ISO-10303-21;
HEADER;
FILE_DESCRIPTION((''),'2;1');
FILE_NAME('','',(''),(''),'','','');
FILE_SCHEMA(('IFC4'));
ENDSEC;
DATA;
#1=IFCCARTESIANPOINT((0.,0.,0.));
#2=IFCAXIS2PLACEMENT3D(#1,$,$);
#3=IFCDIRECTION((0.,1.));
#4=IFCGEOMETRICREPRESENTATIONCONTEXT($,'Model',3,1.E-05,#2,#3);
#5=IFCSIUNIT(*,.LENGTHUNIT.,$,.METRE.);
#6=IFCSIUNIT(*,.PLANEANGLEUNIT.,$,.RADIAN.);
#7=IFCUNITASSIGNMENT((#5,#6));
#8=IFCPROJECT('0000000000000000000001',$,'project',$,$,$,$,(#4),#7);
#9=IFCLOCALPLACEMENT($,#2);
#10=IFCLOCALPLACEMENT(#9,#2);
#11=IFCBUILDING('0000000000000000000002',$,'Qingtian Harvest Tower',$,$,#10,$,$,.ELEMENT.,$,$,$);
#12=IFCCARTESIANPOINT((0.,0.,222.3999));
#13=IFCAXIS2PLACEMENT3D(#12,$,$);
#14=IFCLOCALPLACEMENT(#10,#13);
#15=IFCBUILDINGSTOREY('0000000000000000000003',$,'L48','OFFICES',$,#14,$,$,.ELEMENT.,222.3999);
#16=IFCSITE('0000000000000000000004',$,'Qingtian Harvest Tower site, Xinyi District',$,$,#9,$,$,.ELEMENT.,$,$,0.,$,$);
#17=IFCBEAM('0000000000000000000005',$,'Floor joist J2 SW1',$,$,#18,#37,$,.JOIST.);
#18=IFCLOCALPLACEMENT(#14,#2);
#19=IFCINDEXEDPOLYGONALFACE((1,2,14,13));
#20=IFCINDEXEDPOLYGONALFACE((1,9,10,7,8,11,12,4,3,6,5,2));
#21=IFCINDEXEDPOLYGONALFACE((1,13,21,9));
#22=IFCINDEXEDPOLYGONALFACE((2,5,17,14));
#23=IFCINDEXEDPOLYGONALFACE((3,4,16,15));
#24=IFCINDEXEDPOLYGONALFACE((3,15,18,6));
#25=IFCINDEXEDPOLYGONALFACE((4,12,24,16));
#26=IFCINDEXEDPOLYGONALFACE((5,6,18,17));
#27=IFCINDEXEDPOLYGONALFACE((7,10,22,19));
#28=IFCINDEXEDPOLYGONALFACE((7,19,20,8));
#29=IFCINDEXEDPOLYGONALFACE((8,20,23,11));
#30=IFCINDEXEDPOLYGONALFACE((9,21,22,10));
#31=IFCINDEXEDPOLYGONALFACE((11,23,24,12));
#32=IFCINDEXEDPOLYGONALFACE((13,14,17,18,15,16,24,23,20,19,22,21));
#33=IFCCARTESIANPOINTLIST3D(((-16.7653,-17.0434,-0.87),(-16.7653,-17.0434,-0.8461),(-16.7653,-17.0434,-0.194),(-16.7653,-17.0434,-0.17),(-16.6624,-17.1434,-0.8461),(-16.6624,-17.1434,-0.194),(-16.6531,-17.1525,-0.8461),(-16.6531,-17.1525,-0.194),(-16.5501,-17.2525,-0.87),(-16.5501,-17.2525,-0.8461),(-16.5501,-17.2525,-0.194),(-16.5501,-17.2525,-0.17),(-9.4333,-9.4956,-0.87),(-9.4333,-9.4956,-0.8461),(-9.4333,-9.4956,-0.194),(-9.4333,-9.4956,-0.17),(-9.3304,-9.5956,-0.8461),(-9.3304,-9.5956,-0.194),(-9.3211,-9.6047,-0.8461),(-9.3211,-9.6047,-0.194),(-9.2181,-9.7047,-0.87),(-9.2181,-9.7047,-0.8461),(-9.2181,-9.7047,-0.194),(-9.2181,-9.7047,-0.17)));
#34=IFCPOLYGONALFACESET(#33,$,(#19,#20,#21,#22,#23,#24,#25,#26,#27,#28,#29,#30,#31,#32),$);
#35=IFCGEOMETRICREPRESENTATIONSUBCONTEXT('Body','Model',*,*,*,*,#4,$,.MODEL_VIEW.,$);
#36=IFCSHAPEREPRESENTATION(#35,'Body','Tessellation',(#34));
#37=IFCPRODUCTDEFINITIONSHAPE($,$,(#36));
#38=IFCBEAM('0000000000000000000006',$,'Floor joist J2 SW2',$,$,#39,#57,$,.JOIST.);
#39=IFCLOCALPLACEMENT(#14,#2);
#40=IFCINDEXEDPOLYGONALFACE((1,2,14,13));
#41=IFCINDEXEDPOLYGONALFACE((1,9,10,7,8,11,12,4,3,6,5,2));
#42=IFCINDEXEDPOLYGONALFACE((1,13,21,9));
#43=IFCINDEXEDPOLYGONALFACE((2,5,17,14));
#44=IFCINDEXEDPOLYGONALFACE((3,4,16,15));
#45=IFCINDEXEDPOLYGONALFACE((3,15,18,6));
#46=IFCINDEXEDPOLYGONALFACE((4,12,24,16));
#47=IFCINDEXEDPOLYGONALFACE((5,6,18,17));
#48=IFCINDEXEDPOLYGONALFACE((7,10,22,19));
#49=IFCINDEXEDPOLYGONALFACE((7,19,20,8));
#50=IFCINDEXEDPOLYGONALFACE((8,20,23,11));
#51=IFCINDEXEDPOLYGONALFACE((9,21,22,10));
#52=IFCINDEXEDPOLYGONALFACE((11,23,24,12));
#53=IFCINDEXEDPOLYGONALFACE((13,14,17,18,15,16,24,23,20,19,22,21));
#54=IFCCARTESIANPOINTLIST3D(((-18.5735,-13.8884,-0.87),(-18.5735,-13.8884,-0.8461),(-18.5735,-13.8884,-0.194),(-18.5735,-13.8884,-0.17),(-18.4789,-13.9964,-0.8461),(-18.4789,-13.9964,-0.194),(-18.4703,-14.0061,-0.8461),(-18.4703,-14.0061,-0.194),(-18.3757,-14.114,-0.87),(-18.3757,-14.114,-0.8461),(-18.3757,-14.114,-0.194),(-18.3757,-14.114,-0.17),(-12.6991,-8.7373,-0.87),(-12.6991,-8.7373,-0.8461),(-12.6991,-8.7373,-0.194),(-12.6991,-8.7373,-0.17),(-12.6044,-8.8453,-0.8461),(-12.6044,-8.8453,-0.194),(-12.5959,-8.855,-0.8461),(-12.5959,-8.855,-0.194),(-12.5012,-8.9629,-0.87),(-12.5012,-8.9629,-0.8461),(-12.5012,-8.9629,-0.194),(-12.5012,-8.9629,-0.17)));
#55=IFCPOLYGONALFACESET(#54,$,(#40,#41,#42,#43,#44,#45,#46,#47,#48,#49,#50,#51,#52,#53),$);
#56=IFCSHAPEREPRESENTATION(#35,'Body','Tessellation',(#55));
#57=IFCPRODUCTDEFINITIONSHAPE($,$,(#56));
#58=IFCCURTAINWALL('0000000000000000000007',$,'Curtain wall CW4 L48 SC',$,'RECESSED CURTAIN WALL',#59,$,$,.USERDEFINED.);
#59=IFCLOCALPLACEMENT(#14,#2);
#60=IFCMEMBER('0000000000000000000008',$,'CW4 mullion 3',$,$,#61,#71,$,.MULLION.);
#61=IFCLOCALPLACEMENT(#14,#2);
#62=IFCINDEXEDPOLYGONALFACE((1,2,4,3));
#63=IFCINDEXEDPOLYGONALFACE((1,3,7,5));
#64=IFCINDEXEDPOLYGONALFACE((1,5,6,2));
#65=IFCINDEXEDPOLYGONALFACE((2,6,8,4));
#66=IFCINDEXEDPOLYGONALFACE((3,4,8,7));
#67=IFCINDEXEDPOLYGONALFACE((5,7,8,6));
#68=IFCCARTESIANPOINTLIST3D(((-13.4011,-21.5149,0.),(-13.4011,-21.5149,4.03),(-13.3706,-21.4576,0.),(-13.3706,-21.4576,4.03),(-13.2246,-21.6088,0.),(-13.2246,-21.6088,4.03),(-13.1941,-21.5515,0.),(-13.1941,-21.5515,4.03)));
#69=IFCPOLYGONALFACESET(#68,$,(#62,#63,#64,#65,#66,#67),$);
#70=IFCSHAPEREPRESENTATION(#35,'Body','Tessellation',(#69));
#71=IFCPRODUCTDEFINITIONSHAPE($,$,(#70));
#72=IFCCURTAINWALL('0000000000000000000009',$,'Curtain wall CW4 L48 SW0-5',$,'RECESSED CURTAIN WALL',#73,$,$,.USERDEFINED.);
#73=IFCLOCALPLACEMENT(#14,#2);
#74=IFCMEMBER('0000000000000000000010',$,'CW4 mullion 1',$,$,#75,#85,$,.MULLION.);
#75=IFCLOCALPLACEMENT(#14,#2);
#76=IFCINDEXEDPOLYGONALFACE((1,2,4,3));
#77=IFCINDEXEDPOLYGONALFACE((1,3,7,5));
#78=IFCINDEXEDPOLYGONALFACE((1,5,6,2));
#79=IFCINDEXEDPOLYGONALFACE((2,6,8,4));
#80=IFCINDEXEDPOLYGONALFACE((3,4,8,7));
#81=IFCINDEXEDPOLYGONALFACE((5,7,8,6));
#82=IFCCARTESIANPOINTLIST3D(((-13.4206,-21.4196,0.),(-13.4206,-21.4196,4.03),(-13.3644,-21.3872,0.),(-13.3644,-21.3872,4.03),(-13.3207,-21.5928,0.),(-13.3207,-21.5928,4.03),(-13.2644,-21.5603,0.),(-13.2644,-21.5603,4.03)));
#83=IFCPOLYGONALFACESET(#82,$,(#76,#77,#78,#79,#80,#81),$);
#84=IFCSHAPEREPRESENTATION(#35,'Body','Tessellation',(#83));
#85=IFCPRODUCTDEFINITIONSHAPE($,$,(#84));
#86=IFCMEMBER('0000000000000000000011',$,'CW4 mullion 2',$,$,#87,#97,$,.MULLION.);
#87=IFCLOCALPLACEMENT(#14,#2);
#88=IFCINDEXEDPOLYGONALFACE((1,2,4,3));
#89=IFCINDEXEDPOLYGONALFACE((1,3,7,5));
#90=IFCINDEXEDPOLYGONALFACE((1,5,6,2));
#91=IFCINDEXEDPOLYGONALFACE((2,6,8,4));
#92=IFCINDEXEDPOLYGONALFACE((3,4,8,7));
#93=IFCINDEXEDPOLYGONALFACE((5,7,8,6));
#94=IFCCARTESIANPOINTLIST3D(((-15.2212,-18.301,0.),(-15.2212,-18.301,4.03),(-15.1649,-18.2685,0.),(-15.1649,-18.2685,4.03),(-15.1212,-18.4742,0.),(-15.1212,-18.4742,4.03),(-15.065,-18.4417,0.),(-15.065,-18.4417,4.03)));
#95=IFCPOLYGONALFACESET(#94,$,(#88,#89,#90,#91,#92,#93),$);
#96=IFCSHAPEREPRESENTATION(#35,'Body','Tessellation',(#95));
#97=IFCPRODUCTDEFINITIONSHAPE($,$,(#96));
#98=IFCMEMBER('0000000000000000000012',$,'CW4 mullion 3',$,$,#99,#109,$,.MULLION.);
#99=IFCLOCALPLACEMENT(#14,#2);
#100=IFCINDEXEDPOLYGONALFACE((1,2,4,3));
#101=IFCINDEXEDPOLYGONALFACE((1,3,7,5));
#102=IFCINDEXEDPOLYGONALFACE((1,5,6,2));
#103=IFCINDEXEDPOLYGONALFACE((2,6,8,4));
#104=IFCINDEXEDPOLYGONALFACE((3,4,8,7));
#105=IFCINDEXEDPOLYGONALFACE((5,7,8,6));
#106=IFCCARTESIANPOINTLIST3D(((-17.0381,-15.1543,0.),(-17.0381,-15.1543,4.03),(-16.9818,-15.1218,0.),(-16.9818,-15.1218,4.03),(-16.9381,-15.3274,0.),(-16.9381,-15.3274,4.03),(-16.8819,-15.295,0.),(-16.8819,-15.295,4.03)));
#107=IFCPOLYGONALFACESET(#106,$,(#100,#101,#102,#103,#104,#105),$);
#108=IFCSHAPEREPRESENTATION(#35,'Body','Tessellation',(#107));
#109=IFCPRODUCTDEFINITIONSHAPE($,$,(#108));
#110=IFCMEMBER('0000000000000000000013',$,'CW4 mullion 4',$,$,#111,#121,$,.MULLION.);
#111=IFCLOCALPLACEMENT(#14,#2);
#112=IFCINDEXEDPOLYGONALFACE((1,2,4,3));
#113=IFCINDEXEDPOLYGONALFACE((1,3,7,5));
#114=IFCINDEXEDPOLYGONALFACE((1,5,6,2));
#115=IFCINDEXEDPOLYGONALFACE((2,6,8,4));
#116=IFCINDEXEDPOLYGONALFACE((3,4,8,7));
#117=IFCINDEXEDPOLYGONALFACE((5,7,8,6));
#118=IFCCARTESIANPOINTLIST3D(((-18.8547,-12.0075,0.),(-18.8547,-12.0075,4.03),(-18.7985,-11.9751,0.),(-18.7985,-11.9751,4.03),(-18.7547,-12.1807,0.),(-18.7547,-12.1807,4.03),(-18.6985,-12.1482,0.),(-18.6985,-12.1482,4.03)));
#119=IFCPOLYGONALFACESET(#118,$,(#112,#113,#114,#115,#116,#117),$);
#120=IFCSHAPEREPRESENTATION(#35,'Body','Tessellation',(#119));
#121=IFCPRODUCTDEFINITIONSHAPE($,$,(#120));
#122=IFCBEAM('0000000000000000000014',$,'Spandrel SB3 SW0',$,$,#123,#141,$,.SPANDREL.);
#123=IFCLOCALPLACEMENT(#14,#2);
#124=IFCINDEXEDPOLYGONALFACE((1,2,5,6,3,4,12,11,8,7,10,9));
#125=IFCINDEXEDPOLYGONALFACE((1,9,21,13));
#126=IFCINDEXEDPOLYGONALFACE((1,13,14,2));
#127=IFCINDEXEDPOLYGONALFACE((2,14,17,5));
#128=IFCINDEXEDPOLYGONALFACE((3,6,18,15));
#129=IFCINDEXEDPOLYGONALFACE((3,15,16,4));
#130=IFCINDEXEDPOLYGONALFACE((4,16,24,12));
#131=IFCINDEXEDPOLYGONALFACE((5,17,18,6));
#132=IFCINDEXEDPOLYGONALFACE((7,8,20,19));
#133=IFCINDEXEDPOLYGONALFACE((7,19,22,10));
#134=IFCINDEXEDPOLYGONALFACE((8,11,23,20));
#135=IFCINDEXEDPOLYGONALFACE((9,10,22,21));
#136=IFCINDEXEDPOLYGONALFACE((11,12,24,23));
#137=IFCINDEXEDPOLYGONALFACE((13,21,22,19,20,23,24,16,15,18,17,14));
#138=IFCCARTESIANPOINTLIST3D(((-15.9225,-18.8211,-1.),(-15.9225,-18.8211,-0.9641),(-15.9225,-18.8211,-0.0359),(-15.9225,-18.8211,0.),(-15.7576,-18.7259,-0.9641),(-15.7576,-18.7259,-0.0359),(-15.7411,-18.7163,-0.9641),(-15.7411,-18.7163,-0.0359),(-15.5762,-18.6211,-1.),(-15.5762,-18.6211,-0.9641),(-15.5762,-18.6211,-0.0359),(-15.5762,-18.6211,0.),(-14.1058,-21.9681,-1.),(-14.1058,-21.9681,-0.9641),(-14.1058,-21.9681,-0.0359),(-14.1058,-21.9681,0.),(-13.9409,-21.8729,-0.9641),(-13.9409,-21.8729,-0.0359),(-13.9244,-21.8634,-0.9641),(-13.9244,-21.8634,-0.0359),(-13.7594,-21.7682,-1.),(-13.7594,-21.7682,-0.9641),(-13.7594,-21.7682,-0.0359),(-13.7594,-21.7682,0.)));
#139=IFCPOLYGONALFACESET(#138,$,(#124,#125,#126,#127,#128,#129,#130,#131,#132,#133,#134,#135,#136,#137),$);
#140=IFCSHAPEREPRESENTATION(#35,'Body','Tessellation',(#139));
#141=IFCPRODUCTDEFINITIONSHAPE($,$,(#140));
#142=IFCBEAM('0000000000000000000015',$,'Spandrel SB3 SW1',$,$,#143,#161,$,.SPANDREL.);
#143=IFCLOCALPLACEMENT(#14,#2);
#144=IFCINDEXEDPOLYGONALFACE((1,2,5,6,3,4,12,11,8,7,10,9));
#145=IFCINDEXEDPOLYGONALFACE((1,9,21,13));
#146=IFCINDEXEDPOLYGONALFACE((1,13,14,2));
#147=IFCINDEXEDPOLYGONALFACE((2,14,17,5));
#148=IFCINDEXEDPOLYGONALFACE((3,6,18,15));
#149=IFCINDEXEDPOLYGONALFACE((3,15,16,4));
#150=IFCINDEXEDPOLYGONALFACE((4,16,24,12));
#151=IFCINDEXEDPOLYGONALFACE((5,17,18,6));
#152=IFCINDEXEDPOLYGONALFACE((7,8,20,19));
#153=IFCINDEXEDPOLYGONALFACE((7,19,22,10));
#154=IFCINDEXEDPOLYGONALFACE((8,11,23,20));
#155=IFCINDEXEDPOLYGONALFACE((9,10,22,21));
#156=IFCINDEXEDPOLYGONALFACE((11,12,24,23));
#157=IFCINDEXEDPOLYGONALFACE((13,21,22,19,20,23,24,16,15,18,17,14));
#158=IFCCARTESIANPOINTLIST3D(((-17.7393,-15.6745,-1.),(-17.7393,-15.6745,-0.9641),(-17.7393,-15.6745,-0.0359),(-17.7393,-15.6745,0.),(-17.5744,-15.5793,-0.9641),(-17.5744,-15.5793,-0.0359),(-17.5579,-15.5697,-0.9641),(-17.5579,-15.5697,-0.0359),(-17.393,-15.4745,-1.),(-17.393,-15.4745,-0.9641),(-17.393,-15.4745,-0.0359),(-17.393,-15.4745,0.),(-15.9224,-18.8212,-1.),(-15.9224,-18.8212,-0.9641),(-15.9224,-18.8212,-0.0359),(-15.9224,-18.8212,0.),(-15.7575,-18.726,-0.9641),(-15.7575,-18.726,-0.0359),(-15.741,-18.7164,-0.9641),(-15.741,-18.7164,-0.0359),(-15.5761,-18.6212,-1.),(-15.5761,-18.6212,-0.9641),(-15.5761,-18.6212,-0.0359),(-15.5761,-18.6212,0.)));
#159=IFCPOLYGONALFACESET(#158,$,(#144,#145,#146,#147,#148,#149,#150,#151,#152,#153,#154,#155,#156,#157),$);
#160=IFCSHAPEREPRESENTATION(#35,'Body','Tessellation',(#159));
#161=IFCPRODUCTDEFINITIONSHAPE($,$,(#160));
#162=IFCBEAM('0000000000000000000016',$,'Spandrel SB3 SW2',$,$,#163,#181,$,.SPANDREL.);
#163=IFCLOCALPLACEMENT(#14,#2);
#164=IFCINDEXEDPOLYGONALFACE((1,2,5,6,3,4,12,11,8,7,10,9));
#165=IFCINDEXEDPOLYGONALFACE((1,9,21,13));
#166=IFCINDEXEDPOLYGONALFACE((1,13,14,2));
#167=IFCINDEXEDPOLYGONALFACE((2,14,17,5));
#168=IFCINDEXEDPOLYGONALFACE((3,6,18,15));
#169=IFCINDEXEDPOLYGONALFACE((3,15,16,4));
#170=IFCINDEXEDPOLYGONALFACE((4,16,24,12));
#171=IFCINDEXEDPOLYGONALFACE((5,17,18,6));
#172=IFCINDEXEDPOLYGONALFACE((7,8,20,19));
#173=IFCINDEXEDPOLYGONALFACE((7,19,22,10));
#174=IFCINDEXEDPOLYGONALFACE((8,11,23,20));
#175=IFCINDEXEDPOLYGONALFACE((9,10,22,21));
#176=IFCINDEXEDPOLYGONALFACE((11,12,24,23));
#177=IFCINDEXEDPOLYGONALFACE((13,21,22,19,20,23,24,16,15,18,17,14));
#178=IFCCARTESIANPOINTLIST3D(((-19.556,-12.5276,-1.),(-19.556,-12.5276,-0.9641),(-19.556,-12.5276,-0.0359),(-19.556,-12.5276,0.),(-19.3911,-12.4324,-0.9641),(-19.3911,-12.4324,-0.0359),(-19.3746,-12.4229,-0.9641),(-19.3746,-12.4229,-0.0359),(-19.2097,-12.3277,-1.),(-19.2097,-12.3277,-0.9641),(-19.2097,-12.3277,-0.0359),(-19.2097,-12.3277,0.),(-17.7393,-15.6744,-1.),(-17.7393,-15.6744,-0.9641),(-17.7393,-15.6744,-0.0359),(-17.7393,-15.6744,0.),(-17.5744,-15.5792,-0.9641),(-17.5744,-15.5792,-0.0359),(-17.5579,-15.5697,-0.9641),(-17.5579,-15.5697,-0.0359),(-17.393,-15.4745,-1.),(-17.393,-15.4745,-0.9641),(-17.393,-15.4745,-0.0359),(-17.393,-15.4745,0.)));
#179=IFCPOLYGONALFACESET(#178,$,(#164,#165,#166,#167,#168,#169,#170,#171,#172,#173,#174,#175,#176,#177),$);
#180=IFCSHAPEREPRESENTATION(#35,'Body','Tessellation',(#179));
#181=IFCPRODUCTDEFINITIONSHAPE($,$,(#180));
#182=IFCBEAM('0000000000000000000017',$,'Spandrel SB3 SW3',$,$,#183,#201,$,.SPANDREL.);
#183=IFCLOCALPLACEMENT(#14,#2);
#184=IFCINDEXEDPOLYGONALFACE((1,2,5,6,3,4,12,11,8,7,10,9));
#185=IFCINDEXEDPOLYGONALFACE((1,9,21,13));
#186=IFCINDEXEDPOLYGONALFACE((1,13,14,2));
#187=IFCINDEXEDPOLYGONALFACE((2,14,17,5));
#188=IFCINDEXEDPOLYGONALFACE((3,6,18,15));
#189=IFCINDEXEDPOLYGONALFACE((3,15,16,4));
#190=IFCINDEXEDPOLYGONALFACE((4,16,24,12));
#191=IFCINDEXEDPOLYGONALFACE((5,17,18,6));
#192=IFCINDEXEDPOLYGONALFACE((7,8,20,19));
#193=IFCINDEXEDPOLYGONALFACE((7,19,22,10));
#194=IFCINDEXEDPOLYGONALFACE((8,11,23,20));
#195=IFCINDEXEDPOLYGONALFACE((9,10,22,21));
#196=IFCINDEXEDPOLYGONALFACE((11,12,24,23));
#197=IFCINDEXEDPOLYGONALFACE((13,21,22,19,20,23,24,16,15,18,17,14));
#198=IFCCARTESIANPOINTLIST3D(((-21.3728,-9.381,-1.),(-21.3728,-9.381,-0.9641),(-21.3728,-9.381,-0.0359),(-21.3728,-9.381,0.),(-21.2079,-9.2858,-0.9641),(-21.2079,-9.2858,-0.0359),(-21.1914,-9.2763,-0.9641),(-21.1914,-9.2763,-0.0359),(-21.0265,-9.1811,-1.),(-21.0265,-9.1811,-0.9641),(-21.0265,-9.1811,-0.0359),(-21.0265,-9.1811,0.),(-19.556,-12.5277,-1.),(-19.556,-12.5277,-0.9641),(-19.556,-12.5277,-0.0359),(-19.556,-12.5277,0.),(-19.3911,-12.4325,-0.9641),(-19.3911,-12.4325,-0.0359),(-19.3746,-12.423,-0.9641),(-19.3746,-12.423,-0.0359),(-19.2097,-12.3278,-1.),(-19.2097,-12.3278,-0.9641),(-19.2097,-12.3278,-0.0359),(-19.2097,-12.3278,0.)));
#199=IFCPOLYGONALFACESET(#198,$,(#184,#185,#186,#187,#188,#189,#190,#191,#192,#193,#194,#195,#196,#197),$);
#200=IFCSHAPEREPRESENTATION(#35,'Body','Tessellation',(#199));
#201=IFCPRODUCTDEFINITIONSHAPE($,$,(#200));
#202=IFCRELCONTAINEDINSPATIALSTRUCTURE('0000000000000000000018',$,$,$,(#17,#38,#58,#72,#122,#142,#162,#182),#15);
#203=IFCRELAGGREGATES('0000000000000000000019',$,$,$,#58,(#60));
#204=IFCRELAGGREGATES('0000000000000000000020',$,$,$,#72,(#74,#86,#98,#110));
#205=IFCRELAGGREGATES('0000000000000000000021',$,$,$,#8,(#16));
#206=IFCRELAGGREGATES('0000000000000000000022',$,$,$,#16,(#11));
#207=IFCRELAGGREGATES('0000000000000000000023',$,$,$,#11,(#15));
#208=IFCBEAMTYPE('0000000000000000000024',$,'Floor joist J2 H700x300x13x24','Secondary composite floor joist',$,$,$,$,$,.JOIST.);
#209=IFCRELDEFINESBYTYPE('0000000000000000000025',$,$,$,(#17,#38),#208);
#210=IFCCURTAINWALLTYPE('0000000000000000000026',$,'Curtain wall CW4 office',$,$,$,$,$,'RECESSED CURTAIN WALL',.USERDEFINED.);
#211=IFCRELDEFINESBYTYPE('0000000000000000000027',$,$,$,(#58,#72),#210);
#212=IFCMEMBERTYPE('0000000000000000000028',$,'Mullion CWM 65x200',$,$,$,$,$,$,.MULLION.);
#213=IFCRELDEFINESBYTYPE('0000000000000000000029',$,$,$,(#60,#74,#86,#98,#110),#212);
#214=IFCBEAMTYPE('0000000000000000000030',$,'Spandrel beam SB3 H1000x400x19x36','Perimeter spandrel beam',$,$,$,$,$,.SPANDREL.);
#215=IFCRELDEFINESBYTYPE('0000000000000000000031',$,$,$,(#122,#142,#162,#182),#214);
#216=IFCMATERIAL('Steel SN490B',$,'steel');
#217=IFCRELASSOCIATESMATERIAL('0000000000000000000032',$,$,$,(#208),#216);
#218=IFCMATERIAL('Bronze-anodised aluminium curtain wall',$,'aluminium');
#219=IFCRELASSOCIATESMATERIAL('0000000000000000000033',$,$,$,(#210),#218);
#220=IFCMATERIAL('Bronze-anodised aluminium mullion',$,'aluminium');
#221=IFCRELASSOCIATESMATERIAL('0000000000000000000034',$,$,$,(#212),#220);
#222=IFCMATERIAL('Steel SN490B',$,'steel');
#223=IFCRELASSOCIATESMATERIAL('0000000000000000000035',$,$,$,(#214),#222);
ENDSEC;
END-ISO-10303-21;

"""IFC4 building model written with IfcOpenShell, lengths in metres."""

from ifc_helpers import new_model, si_unit, direction, frame, origin, origin_2d, place, context, subcontext, project, spatial, rectangle, i_section, extrude, material, material_profile, profile_set, type_object, element, aggregate, save


model = new_model("IFC4")

# Units and contexts
model_context = context("Model", 3, precision=1e-05, world=origin(), true_north=direction((0.0, 1.0)))
body_context = subcontext(model_context, "Body", "Model", "MODEL_VIEW")
ifc_project = project(units=[si_unit("LENGTHUNIT", "METRE"), si_unit("PLANEANGLEUNIT", "RADIAN")], contexts=[model_context])

# Site, building, storey
site_placement = place(None, origin())
site = spatial("IfcSite", under=ifc_project, at=site_placement, Name="Qingtian Harvest Tower site, Xinyi District", CompositionType="ELEMENT", RefElevation=0.0)
building_placement = place(site_placement, origin())
building = spatial("IfcBuilding", under=site, at=building_placement, Name="Qingtian Harvest Tower", CompositionType="ELEMENT")
storey_placement = place(building_placement, frame((0.0, 0.0, 222.3999)))
storey = spatial("IfcBuildingStorey", under=building, at=storey_placement, Name="L48", Description="OFFICES", CompositionType="ELEMENT", Elevation=222.3999)

# Beams
ifc_material_1 = material(Name="Steel SN490B", Category="steel")
ifc_material_profile_1 = material_profile(ifc_material_1, i_section(OverallWidth=0.3, OverallDepth=0.7, WebThickness=0.0129, FlangeThickness=0.0239, at=origin_2d()), Name="H700x300x13x24")
ifc_profile_set_1 = profile_set([ifc_material_profile_1], Name="Steel SN490B")
beam_type_1 = type_object("IfcBeamType", Name="Floor joist J2 H700x300x13x24", Description="Secondary composite floor joist", PredefinedType="JOIST", material=ifc_profile_set_1)
beam_1_placement = place(storey_placement, frame((-16.6577, -17.1479, -0.52), z_axis=(0.696777, 0.717287, 0.0), x_axis=(-0.717287, 0.696777, 0.0)))
element("IfcBeam", 1, at=beam_1_placement, inside=storey, type_object=beam_type_1, Name="Floor joist J2 SW1", PredefinedType="JOIST", context=body_context, shape_type="SweptSolid", body=[
    extrude(i_section(OverallWidth=0.3, OverallDepth=0.7, WebThickness=0.0129, FlangeThickness=0.0239, at=origin_2d()), origin(), (0.0, 0.0, 1.0), 10.5227),
])
beam_2_placement = place(storey_placement, frame((-18.4746, -14.0012, -0.52), z_axis=(0.751883, 0.659296, 0.0), x_axis=(-0.659296, 0.751883, 0.0)))
element("IfcBeam", 2, at=beam_2_placement, inside=storey, type_object=beam_type_1, Name="Floor joist J2 SW2", PredefinedType="JOIST", context=body_context, shape_type="SweptSolid", body=[
    extrude(i_section(OverallWidth=0.3, OverallDepth=0.7, WebThickness=0.0129, FlangeThickness=0.0239, at=origin_2d()), origin(), (0.0, 0.0, 1.0), 7.813),
])

# Curtain wall, member
ifc_material_2 = material(Name="Bronze-anodised aluminium curtain wall", Category="aluminium")
curtain_wall_type = type_object("IfcCurtainWallType", Name="Curtain wall CW4 office", ElementType="RECESSED CURTAIN WALL", PredefinedType="USERDEFINED", material=ifc_material_2)
curtain_wall_1_placement = place(storey_placement, origin())
curtain_wall_1 = element("IfcCurtainWall", 3, at=curtain_wall_1_placement, inside=storey, type_object=curtain_wall_type, Name="Curtain wall CW4 L48 SC", ObjectType="RECESSED CURTAIN WALL", PredefinedType="USERDEFINED")
ifc_material_3 = material(Name="Bronze-anodised aluminium mullion", Category="aluminium")
ifc_material_profile_2 = material_profile(ifc_material_3, rectangle(XDim=0.0649, YDim=0.2, at=origin_2d()), Name="AL 65x200")
ifc_profile_set_2 = profile_set([ifc_material_profile_2], Name="Bronze-anodised aluminium mullion")
member_type_1 = type_object("IfcMemberType", Name="Mullion CWM 65x200", PredefinedType="MULLION", material=ifc_profile_set_2)
member_1_placement = place(storey_placement, frame((-13.2976, -21.5332, 0.0), z_axis=(0.0, 0.0, 1.0), x_axis=(-0.469472, -0.882948, 0.0)))
member_1 = element("IfcMember", 4, at=member_1_placement, type_object=member_type_1, Name="CW4 mullion 3", PredefinedType="MULLION", context=body_context, shape_type="SweptSolid", body=[
    extrude(rectangle(XDim=0.0649, YDim=0.2, at=origin_2d()), origin(), (0.0, 0.0, 1.0), 4.03),
])

# Curtain wall, members
curtain_wall_2_placement = place(storey_placement, origin())
curtain_wall_2 = element("IfcCurtainWall", 5, at=curtain_wall_2_placement, inside=storey, type_object=curtain_wall_type, Name="Curtain wall CW4 L48 SW0-5", ObjectType="RECESSED CURTAIN WALL", PredefinedType="USERDEFINED")
member_2_placement = place(storey_placement, frame((-13.3425, -21.49, 0.0), z_axis=(0.0, 0.0, 1.0), x_axis=(-0.866025, -0.5, 0.0)))
member_2 = element("IfcMember", 6, at=member_2_placement, type_object=member_type_1, Name="CW4 mullion 1", PredefinedType="MULLION", context=body_context, shape_type="SweptSolid", body=[
    extrude(rectangle(XDim=0.0649, YDim=0.2, at=origin_2d()), origin(), (0.0, 0.0, 1.0), 4.03),
])
member_3_placement = place(storey_placement, frame((-15.1431, -18.3713, 0.0), z_axis=(0.0, 0.0, 1.0), x_axis=(-0.866025, -0.5, 0.0)))
member_3 = element("IfcMember", 7, at=member_3_placement, type_object=member_type_1, Name="CW4 mullion 2", PredefinedType="MULLION", context=body_context, shape_type="SweptSolid", body=[
    extrude(rectangle(XDim=0.0649, YDim=0.2, at=origin_2d()), origin(), (0.0, 0.0, 1.0), 4.03),
])
member_4_placement = place(storey_placement, frame((-16.96, -15.2246, 0.0), z_axis=(0.0, 0.0, 1.0), x_axis=(-0.866025, -0.5, 0.0)))
member_4 = element("IfcMember", 8, at=member_4_placement, type_object=member_type_1, Name="CW4 mullion 3", PredefinedType="MULLION", context=body_context, shape_type="SweptSolid", body=[
    extrude(rectangle(XDim=0.0649, YDim=0.2, at=origin_2d()), origin(), (0.0, 0.0, 1.0), 4.03),
])
member_5_placement = place(storey_placement, frame((-18.7766, -12.0779, 0.0), z_axis=(0.0, 0.0, 1.0), x_axis=(-0.866025, -0.5, 0.0)))
member_5 = element("IfcMember", 9, at=member_5_placement, type_object=member_type_1, Name="CW4 mullion 4", PredefinedType="MULLION", context=body_context, shape_type="SweptSolid", body=[
    extrude(rectangle(XDim=0.0649, YDim=0.2, at=origin_2d()), origin(), (0.0, 0.0, 1.0), 4.03),
])

# Beams
ifc_material_4 = material(Name="Steel SN490B", Category="steel")
ifc_material_profile_3 = material_profile(ifc_material_4, i_section(OverallWidth=0.3999, OverallDepth=1.0, WebThickness=0.019, FlangeThickness=0.0359, at=origin_2d()), Name="H1000x400x19x36")
ifc_profile_set_3 = profile_set([ifc_material_profile_3], Name="Steel SN490B")
beam_type_2 = type_object("IfcBeamType", Name="Spandrel beam SB3 H1000x400x19x36", Description="Perimeter spandrel beam", PredefinedType="SPANDREL", material=ifc_profile_set_3)
beam_3_placement = place(storey_placement, frame((-13.9326, -21.8682, -0.5), z_axis=(-0.499947, 0.866056, 0.0), x_axis=(-0.866056, -0.499947, 0.0)))
element("IfcBeam", 10, at=beam_3_placement, inside=storey, type_object=beam_type_2, Name="Spandrel SB3 SW0", PredefinedType="SPANDREL", context=body_context, shape_type="SweptSolid", body=[
    extrude(i_section(OverallWidth=0.3999, OverallDepth=1.0, WebThickness=0.019, FlangeThickness=0.0359, at=origin_2d()), origin(), (0.0, 0.0, 1.0), 3.6338),
])
for number, where, z_axis, x_axis, name in (
    (11, (-15.7493, -18.7212, -0.5), (-0.500027, 0.86601, 0.0), (-0.86601, -0.500027, 0.0), "Spandrel SB3 SW1"),
    (12, (-17.5662, -15.5745, -0.5), (-0.499976, 0.866039, 0.0), (-0.866039, -0.499976, 0.0), "Spandrel SB3 SW2"),
    (13, (-19.3828, -12.4277, -0.5), (-0.500027, 0.86601, 0.0), (-0.86601, -0.500027, 0.0), "Spandrel SB3 SW3"),
):
    element("IfcBeam", number, at=place(storey_placement, frame(where, z_axis=z_axis, x_axis=x_axis)), inside=storey, type_object=beam_type_2, Name=name, PredefinedType="SPANDREL", context=body_context, shape_type="SweptSolid", body=[
        extrude(i_section(OverallWidth=0.3999, OverallDepth=1.0, WebThickness=0.019, FlangeThickness=0.0359, at=origin_2d()), origin(), (0.0, 0.0, 1.0), 3.6335),
    ])

aggregate(curtain_wall_1, [member_1])
aggregate(curtain_wall_2, [member_2, member_3, member_4, member_5])

save(model, "model.ifc")
